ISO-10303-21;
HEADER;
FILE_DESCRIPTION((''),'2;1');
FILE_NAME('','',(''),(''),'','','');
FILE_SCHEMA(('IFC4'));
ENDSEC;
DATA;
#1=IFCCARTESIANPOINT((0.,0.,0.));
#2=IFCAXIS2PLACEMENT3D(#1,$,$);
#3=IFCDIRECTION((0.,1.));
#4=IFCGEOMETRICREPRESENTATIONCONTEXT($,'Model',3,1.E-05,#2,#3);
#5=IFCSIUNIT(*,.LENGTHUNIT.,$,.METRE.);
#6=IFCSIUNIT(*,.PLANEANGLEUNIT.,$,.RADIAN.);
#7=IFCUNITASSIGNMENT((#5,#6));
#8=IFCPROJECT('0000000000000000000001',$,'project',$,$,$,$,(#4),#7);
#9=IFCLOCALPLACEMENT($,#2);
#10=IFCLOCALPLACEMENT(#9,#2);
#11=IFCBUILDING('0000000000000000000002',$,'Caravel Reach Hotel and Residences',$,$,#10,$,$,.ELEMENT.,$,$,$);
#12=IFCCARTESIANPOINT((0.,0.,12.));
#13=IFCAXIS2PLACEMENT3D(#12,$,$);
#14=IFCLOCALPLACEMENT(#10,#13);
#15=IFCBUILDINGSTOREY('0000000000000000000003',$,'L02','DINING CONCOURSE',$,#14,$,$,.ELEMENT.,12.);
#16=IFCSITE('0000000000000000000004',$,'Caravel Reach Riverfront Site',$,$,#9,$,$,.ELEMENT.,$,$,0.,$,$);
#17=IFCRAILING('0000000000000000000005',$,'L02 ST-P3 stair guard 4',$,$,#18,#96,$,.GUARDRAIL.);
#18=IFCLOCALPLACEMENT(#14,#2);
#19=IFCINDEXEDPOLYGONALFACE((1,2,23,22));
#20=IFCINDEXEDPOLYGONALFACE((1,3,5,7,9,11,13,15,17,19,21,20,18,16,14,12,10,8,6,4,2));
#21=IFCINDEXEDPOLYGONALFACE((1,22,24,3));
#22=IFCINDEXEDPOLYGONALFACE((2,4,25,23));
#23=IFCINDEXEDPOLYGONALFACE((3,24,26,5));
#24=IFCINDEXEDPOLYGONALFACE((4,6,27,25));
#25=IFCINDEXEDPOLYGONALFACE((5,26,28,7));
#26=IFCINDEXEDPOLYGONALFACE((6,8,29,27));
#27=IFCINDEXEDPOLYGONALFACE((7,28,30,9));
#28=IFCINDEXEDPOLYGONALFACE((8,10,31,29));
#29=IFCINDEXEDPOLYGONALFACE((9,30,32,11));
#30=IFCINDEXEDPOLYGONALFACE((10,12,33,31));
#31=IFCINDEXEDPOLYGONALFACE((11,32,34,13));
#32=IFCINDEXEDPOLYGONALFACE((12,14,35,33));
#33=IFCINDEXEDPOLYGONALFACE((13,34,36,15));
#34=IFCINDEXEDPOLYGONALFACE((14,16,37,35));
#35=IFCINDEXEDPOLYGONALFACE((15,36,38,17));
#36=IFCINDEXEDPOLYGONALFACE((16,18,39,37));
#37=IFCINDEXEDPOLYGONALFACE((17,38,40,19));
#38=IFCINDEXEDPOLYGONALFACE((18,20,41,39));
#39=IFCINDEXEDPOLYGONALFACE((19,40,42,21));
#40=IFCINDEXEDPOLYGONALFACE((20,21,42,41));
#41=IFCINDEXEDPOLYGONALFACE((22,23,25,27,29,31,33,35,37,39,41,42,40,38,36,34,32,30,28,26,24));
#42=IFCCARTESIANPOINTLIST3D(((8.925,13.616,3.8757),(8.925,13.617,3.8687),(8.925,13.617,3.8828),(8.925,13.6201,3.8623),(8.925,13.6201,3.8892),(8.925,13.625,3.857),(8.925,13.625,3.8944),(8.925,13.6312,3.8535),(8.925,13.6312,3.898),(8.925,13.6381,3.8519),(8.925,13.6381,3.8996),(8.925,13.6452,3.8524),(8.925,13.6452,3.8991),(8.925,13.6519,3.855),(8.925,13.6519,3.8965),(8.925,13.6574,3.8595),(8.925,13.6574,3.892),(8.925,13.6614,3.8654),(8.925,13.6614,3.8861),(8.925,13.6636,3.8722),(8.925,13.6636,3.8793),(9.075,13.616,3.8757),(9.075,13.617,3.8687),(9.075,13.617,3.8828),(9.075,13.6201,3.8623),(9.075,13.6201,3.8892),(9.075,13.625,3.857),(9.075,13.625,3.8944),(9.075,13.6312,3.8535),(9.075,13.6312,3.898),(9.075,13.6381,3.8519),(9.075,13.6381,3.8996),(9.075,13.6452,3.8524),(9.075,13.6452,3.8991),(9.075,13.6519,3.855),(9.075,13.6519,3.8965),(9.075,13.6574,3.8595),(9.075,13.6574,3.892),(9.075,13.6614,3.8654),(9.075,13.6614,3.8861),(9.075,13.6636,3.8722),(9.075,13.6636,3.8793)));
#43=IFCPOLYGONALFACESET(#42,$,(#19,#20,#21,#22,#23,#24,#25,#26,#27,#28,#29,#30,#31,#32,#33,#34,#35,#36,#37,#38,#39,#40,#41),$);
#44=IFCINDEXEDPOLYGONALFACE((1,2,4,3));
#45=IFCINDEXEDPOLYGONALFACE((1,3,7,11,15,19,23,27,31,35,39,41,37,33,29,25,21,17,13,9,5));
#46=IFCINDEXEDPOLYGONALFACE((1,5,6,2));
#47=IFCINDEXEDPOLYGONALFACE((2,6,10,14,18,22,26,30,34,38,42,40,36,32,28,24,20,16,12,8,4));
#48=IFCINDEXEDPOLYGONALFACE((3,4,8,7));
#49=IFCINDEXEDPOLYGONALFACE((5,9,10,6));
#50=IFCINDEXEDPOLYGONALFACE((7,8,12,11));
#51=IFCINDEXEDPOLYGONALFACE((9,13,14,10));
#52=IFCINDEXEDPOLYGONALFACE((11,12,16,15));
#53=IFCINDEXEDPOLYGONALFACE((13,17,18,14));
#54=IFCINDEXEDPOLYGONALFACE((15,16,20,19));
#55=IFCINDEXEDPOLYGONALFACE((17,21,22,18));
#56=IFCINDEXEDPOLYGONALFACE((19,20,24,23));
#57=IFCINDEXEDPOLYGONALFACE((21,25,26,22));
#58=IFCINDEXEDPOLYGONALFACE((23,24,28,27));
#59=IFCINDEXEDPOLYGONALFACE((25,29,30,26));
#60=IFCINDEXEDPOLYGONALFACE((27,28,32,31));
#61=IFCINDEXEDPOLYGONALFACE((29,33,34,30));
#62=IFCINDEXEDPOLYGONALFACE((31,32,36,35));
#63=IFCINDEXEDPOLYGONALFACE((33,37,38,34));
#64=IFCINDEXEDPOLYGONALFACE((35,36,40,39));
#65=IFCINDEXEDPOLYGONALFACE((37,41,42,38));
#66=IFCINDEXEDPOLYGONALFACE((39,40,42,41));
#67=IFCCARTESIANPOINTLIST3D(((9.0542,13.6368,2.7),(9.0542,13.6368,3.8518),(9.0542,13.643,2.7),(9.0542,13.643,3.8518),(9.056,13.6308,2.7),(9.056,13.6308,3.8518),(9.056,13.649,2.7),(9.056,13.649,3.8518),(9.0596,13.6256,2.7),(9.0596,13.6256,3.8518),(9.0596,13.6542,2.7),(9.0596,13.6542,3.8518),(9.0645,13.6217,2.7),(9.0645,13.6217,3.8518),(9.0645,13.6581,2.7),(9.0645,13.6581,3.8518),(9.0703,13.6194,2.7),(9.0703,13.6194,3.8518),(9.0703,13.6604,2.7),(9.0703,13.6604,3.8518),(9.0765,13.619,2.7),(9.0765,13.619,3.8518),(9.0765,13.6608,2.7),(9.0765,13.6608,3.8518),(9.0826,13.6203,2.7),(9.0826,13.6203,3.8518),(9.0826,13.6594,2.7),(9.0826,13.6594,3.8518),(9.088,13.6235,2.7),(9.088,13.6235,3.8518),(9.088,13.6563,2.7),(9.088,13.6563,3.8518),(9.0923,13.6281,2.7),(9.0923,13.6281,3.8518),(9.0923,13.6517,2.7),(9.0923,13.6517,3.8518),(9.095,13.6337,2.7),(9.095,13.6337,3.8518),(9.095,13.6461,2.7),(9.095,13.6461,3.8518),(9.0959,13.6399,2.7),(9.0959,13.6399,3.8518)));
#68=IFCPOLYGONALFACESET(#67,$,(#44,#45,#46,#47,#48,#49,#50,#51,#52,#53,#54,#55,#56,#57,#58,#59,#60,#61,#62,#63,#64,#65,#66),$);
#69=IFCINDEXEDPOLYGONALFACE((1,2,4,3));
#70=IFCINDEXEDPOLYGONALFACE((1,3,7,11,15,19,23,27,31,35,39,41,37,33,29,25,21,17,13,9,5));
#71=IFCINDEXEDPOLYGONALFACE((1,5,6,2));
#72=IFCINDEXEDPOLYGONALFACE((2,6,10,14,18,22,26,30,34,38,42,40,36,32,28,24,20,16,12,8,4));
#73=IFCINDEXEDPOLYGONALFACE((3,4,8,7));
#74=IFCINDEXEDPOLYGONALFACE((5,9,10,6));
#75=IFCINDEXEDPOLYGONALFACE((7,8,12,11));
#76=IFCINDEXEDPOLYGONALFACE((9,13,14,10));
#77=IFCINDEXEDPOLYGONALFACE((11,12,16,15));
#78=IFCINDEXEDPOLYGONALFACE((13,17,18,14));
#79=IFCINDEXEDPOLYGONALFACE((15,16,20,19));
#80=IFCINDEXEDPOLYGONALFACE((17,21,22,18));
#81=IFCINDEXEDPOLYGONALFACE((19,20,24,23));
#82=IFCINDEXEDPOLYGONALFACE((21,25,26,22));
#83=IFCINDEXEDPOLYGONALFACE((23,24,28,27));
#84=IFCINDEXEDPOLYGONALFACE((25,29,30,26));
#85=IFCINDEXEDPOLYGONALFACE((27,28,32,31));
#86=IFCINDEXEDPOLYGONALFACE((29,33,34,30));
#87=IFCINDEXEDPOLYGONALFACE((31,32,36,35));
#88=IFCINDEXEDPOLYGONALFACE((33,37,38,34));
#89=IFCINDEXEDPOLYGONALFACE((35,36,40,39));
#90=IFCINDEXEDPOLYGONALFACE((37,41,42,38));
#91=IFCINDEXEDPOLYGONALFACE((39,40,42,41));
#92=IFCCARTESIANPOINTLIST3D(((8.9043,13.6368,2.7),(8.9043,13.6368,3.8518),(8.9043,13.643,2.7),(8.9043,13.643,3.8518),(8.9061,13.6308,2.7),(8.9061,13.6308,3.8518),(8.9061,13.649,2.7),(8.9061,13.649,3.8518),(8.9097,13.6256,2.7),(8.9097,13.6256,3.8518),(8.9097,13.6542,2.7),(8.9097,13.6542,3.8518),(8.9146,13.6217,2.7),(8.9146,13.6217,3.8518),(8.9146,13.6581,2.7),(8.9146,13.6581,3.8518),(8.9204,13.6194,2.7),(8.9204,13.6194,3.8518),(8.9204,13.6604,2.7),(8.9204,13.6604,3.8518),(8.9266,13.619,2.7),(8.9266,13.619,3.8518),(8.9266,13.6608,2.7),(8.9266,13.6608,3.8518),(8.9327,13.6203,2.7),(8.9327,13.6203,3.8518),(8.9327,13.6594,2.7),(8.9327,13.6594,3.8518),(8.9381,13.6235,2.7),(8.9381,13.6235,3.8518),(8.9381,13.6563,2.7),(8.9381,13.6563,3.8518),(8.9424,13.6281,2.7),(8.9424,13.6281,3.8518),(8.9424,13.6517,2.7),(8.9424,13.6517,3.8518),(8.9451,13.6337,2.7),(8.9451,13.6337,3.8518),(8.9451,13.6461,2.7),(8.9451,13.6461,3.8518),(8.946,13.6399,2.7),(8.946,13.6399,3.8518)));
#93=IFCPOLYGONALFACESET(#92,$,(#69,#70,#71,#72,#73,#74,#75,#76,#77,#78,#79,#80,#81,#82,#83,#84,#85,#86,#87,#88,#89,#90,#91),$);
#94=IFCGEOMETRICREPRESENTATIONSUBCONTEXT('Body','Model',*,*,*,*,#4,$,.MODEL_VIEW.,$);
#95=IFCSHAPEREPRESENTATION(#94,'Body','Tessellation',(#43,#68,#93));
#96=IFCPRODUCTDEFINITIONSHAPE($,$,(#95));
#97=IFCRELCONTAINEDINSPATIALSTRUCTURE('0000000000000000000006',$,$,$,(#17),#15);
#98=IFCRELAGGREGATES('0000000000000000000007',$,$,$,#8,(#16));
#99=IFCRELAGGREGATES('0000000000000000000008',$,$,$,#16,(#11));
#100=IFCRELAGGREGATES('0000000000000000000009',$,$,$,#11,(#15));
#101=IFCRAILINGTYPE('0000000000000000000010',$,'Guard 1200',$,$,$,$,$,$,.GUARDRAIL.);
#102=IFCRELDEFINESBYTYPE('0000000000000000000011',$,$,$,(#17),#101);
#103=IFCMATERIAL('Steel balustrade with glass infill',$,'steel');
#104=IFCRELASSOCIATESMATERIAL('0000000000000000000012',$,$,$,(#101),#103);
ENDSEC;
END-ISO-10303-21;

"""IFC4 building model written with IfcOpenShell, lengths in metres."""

from ifc_helpers import new_model, si_unit, direction, frame, origin, origin_2d, place, context, subcontext, project, spatial, circle, extrude, material, type_object, element, save


model = new_model("IFC4")

# Units and contexts
model_context = context("Model", 3, precision=1e-05, world=origin(), true_north=direction((0.0, 1.0)))
body_context = subcontext(model_context, "Body", "Model", "MODEL_VIEW")
ifc_project = project(units=[si_unit("LENGTHUNIT", "METRE"), si_unit("PLANEANGLEUNIT", "RADIAN")], contexts=[model_context])

# Site, building, storey
site_placement = place(None, origin())
site = spatial("IfcSite", under=ifc_project, at=site_placement, Name="Caravel Reach Riverfront Site", CompositionType="ELEMENT", RefElevation=0.0)
building_placement = place(site_placement, origin())
building = spatial("IfcBuilding", under=site, at=building_placement, Name="Caravel Reach Hotel and Residences", CompositionType="ELEMENT")
storey_placement = place(building_placement, frame((0.0, 0.0, 12.0)))
storey = spatial("IfcBuildingStorey", under=building, at=storey_placement, Name="L02", Description="DINING CONCOURSE", CompositionType="ELEMENT", Elevation=12.0)

# Railing
ifc_material_1 = material(Name="Steel balustrade with glass infill", Category="steel")
railing_type_1 = type_object("IfcRailingType", Name="Guard 1200", PredefinedType="GUARDRAIL", material=ifc_material_1)
railing_1_placement = place(storey_placement, frame((9.075, 13.6399, 2.7)))
element("IfcRailing", 1, at=railing_1_placement, inside=storey, type_object=railing_type_1, Name="L02 ST-P3 stair guard 4", PredefinedType="GUARDRAIL", context=body_context, shape_type="SweptSolid", body=[
    extrude(circle(Radius=0.0239, at=origin_2d()), frame((0.0, 0.0, 1.1758), z_axis=(-1.0, 0.0, 0.0), x_axis=(0.0, -1.0, 0.0)), (0.0, 0.0, 1.0), 0.1499),
    extrude(circle(Radius=0.021, at=origin_2d()), origin(), (0.0, 0.0, 1.0), 1.1519),
    extrude(circle(Radius=0.021, at=origin_2d()), frame((-0.1499, 0.0, 0.0)), (0.0, 0.0, 1.0), 1.1519),
])

save(model, "model.ifc")
